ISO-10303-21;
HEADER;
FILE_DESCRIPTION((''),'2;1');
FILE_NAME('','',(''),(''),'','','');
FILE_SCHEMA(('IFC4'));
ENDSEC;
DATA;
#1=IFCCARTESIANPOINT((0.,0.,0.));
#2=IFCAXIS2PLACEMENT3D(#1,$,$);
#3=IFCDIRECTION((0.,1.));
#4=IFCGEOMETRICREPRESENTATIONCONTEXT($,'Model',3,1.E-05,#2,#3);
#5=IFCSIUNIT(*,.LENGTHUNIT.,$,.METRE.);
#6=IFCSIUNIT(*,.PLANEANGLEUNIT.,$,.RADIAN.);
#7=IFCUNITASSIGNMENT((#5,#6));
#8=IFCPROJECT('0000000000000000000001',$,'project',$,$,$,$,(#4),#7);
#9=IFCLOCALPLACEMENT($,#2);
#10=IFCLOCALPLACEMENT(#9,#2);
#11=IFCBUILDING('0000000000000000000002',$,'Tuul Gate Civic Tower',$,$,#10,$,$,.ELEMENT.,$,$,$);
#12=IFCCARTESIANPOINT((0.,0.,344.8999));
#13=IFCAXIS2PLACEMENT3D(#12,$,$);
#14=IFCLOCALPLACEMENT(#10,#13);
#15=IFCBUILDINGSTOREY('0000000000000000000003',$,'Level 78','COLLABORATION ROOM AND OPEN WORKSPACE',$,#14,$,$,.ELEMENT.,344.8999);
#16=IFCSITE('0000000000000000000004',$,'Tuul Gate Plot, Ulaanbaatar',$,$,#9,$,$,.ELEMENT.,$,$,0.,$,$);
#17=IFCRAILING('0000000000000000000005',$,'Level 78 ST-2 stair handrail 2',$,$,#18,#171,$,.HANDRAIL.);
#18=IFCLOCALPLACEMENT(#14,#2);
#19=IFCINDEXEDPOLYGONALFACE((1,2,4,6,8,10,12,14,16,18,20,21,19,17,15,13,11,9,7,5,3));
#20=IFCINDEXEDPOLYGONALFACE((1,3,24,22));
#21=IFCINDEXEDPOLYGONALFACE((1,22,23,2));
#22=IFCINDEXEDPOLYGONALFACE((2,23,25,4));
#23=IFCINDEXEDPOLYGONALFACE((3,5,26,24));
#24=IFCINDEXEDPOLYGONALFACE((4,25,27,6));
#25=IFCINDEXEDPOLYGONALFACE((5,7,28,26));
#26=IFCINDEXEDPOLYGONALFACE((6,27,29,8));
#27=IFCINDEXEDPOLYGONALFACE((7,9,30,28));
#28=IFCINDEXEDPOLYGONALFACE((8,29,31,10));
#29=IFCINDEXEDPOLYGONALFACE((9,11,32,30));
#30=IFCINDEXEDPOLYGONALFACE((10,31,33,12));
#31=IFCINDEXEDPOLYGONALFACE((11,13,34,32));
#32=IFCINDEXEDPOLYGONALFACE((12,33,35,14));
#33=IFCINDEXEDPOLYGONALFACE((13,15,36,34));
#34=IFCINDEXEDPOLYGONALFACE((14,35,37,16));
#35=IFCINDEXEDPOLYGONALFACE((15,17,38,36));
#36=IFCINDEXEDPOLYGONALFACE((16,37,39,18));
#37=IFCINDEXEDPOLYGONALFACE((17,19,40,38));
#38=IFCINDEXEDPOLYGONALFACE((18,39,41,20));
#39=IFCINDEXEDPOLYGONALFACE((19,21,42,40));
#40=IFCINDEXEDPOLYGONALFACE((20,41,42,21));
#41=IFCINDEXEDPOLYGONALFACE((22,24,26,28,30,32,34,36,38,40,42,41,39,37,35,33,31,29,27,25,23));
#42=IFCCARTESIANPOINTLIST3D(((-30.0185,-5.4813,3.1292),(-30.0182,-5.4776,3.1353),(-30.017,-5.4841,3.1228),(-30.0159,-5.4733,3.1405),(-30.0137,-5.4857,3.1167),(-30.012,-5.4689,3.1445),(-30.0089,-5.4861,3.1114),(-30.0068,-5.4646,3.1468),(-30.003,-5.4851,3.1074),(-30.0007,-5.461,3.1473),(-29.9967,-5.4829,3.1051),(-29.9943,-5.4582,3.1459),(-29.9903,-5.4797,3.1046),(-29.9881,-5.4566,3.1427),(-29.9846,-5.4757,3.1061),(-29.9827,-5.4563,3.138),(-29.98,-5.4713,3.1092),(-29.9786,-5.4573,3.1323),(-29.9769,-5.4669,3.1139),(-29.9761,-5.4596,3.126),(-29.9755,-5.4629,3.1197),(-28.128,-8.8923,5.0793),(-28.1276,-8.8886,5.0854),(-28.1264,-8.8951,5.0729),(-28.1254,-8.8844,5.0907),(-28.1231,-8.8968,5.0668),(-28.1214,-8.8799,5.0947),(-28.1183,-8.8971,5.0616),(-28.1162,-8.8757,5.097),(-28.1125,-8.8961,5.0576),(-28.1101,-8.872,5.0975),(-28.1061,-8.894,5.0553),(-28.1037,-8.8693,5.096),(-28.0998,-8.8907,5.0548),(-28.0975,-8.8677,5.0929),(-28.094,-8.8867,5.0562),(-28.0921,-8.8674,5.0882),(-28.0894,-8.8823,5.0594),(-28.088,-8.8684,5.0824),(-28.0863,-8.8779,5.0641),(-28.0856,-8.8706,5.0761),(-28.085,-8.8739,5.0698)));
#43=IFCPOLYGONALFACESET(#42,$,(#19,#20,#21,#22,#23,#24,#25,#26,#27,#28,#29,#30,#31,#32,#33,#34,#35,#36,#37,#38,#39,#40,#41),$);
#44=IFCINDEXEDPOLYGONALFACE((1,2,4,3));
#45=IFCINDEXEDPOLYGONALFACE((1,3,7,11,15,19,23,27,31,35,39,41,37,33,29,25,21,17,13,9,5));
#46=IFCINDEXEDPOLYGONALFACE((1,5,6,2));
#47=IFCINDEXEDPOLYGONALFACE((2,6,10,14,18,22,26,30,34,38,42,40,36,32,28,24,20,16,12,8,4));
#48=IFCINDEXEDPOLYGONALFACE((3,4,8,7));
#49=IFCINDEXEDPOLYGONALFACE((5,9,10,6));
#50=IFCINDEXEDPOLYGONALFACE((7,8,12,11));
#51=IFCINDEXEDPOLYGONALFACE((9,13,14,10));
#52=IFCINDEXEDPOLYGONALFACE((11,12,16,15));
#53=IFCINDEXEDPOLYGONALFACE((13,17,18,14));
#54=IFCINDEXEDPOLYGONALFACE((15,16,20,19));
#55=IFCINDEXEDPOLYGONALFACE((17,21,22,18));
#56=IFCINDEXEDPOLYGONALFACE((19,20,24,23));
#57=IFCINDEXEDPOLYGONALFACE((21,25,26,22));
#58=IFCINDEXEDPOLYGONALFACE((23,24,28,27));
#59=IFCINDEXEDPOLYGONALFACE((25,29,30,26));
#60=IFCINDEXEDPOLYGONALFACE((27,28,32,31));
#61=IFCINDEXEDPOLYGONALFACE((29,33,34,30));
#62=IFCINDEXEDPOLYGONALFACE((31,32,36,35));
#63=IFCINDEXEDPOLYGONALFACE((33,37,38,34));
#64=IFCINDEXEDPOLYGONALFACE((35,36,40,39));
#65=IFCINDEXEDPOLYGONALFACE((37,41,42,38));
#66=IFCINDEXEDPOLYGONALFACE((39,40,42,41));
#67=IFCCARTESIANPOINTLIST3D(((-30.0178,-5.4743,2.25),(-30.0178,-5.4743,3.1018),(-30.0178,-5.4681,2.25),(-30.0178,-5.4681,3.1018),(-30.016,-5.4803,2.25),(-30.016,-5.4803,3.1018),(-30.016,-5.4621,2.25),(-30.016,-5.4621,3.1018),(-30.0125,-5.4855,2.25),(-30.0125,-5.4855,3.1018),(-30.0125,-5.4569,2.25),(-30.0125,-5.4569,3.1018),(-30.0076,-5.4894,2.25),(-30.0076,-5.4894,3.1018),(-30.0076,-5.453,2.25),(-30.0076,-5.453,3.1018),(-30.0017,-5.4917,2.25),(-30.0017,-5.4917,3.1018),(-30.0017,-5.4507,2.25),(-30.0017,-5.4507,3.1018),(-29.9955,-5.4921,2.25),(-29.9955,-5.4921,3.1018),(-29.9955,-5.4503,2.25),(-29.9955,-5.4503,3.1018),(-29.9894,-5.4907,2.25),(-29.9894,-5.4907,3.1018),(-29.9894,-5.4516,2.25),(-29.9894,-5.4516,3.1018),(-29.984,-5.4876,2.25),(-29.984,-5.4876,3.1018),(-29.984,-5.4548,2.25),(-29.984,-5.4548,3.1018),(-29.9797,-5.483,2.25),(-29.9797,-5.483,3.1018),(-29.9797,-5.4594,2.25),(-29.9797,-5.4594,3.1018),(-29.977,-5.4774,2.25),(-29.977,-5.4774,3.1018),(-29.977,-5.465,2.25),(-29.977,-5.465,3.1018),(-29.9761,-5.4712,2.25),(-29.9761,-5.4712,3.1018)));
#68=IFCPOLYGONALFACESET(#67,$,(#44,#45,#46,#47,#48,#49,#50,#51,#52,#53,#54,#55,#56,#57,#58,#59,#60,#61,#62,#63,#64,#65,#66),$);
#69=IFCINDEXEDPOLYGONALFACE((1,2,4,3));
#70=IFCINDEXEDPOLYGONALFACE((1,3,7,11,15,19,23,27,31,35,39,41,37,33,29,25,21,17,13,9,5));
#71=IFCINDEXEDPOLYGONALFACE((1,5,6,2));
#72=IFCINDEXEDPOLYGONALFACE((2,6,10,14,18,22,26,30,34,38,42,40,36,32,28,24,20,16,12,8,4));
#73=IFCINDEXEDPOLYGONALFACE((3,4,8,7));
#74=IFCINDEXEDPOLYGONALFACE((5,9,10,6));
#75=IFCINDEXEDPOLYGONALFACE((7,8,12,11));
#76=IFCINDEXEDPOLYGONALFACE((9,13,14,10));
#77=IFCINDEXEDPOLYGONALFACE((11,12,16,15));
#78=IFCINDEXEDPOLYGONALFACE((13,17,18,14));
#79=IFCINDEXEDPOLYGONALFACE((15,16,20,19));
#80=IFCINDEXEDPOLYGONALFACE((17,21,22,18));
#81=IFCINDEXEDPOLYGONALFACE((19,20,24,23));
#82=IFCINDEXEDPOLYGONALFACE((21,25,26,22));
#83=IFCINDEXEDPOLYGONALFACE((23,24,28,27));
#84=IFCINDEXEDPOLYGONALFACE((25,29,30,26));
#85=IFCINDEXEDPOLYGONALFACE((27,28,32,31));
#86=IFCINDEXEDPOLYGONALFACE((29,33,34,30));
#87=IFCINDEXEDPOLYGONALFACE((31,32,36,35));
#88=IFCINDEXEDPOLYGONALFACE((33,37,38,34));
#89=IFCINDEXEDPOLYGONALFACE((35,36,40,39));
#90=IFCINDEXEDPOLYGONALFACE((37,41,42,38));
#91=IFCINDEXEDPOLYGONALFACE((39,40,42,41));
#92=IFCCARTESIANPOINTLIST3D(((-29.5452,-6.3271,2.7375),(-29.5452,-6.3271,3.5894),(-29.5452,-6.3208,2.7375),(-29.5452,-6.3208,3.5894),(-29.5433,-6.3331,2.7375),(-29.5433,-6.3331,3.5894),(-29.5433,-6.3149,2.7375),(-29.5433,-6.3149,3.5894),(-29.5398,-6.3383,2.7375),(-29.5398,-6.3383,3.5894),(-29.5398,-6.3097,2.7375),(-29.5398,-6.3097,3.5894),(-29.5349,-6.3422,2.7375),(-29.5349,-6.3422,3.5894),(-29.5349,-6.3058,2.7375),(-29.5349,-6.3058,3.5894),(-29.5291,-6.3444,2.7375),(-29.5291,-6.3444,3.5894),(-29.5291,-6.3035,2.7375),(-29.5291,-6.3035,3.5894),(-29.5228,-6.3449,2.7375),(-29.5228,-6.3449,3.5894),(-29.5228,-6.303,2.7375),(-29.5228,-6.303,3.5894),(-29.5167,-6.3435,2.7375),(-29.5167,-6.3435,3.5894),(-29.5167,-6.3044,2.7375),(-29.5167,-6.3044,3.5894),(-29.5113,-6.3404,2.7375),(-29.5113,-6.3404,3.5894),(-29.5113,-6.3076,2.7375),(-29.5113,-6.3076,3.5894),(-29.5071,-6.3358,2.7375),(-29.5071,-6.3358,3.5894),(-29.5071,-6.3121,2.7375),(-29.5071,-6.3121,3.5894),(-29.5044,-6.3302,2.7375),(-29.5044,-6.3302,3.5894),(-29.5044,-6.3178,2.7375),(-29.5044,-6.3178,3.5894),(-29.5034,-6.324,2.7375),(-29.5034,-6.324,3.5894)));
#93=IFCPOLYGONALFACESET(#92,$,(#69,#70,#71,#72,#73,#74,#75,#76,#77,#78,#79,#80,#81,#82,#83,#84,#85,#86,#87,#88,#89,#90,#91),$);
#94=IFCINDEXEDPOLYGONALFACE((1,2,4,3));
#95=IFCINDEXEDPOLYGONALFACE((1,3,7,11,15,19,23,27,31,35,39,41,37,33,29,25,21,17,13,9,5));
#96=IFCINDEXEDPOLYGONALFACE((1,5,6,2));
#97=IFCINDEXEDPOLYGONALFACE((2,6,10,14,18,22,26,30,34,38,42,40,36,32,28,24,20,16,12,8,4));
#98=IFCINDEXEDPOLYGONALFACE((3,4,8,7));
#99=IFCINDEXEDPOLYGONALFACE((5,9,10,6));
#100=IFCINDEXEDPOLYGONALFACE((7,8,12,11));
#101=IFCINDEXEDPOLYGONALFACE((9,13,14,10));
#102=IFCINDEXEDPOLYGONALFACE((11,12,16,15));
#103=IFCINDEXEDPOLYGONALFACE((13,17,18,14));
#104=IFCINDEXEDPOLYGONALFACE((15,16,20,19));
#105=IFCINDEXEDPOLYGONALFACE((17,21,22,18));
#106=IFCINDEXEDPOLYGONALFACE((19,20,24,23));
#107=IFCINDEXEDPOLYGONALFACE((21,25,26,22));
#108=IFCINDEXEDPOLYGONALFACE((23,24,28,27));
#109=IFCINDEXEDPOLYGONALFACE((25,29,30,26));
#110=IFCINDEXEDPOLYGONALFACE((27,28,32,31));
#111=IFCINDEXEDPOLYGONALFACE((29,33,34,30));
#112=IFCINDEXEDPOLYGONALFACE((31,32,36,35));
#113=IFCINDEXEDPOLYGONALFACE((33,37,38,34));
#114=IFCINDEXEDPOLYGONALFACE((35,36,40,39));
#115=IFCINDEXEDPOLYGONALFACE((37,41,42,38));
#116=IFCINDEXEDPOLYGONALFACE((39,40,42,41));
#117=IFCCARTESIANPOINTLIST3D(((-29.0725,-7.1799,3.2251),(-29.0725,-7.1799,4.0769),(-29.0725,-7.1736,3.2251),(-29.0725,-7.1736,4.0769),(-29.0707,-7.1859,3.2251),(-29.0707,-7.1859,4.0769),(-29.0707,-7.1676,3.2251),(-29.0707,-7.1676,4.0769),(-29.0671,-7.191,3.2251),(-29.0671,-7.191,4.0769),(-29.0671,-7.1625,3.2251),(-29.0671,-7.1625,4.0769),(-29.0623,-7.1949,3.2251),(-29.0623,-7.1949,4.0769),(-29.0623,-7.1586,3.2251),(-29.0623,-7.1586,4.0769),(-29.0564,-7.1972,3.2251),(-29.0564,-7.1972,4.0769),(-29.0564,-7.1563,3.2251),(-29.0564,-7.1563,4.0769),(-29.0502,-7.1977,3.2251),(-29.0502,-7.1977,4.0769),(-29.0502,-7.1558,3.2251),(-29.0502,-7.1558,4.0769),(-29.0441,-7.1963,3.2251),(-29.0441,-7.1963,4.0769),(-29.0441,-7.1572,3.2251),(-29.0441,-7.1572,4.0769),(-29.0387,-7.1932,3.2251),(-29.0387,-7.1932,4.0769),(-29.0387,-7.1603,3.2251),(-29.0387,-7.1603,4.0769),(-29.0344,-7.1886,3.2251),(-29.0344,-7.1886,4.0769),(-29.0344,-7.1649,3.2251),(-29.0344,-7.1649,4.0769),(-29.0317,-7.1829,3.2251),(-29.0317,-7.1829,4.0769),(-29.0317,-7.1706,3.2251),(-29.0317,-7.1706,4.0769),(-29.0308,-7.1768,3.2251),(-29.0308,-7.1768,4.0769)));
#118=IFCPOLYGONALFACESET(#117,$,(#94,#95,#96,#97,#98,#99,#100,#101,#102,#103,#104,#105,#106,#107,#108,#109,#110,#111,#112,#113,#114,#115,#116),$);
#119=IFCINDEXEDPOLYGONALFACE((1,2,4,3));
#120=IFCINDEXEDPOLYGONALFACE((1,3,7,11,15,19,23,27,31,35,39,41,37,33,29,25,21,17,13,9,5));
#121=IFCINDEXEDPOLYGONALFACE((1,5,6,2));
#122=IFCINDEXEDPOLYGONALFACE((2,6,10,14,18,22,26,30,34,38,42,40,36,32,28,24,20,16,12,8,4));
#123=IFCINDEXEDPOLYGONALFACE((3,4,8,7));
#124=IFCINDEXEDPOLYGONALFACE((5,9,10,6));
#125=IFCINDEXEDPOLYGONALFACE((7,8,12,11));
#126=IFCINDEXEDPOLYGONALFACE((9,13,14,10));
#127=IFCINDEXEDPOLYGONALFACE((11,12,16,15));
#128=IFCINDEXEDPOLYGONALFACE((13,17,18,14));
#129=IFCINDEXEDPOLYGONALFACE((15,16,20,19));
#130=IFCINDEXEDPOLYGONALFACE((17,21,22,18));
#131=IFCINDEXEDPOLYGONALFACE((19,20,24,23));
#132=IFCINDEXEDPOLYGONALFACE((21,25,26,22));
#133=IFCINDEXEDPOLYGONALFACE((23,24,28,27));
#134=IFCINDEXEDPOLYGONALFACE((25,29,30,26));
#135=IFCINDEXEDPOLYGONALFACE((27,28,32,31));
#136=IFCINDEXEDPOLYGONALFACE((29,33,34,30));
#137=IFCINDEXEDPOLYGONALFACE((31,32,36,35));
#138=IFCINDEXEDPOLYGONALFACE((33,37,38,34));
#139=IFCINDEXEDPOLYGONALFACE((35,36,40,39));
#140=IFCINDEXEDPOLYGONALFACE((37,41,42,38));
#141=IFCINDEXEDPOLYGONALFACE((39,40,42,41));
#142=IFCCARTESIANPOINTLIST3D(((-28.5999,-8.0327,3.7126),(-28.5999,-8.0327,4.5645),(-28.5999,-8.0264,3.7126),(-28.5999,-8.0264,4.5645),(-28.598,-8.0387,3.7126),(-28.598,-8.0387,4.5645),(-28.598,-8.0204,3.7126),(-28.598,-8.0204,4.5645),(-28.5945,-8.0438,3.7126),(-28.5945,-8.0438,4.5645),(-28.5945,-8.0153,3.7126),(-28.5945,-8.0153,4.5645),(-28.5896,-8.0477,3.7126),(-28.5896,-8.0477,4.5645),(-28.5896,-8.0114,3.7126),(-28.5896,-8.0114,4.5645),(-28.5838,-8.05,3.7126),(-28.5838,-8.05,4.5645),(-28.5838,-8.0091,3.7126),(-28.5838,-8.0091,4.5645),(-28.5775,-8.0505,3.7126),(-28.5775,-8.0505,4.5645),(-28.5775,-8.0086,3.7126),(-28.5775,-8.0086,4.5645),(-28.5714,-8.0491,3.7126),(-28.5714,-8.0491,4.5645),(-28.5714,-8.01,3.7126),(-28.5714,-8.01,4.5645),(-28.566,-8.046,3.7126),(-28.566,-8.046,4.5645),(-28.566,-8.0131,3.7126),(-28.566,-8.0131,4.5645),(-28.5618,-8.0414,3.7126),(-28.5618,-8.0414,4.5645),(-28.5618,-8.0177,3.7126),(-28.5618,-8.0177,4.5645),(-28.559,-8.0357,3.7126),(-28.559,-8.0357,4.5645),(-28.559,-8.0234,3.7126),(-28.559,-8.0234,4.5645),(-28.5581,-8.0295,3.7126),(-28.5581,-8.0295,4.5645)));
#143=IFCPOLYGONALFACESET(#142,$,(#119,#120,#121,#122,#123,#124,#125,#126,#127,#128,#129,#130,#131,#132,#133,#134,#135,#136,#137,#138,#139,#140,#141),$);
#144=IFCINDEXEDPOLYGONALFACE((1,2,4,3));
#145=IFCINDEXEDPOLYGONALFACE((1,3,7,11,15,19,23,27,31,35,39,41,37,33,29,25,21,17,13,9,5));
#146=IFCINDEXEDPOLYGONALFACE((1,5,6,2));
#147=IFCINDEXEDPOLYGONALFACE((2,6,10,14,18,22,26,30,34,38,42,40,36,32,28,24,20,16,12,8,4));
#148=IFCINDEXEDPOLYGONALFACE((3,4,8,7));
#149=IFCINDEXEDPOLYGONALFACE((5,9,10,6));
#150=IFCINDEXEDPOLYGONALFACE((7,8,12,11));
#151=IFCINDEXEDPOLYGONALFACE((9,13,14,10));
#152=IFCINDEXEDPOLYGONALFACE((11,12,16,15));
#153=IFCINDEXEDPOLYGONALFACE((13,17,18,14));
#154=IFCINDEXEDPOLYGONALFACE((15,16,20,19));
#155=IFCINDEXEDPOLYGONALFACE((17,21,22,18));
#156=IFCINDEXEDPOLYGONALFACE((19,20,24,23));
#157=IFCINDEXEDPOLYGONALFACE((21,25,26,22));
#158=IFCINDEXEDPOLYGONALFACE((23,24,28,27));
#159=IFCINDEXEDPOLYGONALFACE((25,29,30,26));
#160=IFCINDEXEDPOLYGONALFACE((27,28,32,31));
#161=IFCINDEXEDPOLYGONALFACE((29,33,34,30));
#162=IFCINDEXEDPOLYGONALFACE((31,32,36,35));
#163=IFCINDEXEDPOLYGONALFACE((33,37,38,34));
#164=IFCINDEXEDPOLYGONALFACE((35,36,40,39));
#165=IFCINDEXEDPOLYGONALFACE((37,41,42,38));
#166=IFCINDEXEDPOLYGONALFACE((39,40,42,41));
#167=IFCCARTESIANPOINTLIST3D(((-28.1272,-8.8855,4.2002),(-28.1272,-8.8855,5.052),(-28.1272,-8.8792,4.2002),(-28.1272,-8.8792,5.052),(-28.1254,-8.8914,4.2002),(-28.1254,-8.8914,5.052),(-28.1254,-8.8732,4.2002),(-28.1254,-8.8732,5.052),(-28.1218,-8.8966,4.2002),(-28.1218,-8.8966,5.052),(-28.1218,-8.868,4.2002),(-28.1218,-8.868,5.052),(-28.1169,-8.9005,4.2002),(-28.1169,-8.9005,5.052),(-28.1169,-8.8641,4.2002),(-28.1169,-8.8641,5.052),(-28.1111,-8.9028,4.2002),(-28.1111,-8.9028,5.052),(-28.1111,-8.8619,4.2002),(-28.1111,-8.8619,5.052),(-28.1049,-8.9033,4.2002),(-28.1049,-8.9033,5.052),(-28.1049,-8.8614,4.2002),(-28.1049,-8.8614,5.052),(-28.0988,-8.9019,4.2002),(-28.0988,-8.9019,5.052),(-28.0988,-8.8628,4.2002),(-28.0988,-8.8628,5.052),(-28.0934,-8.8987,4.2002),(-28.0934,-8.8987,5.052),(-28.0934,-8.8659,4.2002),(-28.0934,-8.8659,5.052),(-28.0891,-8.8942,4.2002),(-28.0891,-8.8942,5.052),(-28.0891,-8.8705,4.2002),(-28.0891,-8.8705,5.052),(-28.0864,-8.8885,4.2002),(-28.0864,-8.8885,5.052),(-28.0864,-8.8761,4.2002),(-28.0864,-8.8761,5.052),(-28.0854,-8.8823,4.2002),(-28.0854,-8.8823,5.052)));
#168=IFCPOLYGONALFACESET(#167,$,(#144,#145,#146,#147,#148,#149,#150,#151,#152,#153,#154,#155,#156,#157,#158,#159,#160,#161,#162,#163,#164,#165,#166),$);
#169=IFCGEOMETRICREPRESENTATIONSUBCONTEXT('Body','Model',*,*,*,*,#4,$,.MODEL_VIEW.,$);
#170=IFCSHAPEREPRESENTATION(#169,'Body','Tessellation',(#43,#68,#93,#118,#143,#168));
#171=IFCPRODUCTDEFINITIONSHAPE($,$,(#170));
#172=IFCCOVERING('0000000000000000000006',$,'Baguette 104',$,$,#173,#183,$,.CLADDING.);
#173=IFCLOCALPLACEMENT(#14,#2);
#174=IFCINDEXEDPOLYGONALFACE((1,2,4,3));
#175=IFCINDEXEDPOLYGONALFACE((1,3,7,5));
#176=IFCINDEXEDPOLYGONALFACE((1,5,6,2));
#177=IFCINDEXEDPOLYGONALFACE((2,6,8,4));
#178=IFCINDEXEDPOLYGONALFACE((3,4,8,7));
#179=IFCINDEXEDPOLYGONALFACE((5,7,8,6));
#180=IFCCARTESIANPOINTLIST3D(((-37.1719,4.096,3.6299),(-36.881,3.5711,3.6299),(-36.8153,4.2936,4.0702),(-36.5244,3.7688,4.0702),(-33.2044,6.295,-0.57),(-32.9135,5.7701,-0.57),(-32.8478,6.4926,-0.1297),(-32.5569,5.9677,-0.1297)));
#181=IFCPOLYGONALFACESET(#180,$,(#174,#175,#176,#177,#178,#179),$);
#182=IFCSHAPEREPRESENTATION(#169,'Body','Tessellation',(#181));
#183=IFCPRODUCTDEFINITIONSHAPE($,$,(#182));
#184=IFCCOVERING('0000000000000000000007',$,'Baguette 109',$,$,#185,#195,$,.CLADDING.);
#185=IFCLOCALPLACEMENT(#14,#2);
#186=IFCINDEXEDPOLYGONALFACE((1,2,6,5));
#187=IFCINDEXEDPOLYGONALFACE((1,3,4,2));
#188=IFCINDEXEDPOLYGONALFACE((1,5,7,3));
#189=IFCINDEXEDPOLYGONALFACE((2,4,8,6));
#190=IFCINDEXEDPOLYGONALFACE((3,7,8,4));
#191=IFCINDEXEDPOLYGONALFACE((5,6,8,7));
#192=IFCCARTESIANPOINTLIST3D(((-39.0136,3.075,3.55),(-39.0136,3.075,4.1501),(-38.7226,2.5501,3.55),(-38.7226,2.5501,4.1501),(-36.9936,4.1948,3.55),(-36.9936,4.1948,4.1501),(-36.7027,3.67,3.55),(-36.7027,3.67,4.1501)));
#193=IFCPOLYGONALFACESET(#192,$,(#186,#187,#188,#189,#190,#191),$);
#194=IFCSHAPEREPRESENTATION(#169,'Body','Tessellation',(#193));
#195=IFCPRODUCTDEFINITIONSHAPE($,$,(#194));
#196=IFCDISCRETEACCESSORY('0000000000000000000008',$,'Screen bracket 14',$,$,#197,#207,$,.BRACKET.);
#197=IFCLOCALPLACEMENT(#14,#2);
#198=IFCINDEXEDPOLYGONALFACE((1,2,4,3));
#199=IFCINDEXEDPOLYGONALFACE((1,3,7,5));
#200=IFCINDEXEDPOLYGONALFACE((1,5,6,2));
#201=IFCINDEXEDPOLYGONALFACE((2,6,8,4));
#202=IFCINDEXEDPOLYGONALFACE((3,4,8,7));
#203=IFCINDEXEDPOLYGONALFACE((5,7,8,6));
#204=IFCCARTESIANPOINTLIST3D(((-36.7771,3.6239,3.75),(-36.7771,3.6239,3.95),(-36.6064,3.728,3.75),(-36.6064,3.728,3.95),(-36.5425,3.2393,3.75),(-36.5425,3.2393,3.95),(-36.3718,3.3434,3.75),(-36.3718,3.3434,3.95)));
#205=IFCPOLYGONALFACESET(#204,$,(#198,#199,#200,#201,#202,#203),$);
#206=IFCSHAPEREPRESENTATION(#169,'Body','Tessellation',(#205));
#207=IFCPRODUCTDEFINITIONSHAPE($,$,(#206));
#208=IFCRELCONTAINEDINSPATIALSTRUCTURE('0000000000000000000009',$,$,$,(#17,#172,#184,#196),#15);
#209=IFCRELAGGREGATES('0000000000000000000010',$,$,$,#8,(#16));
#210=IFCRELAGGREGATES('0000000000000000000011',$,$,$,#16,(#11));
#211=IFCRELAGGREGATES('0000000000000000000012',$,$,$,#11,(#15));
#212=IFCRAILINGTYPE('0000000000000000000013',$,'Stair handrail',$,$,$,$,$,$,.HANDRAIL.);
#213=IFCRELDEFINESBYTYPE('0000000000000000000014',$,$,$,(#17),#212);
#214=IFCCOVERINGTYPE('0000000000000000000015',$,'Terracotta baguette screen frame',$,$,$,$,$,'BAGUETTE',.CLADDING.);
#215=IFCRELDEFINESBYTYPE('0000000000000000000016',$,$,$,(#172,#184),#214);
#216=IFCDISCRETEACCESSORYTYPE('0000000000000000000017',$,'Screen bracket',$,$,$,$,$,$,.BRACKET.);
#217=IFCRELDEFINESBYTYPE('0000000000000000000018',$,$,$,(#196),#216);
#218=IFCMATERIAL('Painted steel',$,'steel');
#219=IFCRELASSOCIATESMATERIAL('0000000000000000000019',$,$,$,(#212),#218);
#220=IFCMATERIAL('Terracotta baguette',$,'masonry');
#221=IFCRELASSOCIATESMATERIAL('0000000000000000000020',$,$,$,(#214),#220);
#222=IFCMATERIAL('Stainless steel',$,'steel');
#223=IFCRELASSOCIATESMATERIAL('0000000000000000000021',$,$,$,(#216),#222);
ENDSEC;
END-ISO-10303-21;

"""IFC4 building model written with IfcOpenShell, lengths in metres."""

from ifc_helpers import new_model, si_unit, direction, frame, origin, origin_2d, place, context, subcontext, project, spatial, rectangle, circle, extrude, material, material_profile, profile_set, type_object, element, save


model = new_model("IFC4")

# Units and contexts
model_context = context("Model", 3, precision=1e-05, world=origin(), true_north=direction((0.0, 1.0)))
body_context = subcontext(model_context, "Body", "Model", "MODEL_VIEW")
ifc_project = project(units=[si_unit("LENGTHUNIT", "METRE"), si_unit("PLANEANGLEUNIT", "RADIAN")], contexts=[model_context])

# Site, building, storey
site_placement = place(None, origin())
site = spatial("IfcSite", under=ifc_project, at=site_placement, Name="Tuul Gate Plot, Ulaanbaatar", CompositionType="ELEMENT", RefElevation=0.0)
building_placement = place(site_placement, origin())
building = spatial("IfcBuilding", under=site, at=building_placement, Name="Tuul Gate Civic Tower", CompositionType="ELEMENT")
storey_placement = place(building_placement, frame((0.0, 0.0, 344.8999)))
storey = spatial("IfcBuildingStorey", under=building, at=storey_placement, Name="Level 78", Description="COLLABORATION ROOM AND OPEN WORKSPACE", CompositionType="ELEMENT", Elevation=344.8999)

# Railing
ifc_material_1 = material(Name="Painted steel", Category="steel")
railing_type_1 = type_object("IfcRailingType", Name="Stair handrail", PredefinedType="HANDRAIL", material=ifc_material_1)
railing_1_placement = place(storey_placement, frame((-29.9971, -5.4712, 2.25)))
element("IfcRailing", 1, at=railing_1_placement, inside=storey, type_object=railing_type_1, Name="Level 78 ST-2 stair handrail 2", PredefinedType="HANDRAIL", context=body_context, shape_type="SweptSolid", body=[
    extrude(circle(Radius=0.0239, at=origin_2d()), frame((0.0, 0.0, 0.876), z_axis=(0.433585, -0.782289, 0.447246), x_axis=(0.874641, 0.484771, 0.0)), (0.0, 0.0, 1.0), 4.3604),
    extrude(circle(Radius=0.021, at=origin_2d()), origin(), (0.0, 0.0, 1.0), 0.8518),
    extrude(circle(Radius=0.021, at=origin_2d()), frame((0.4727, -0.8528, 0.4875)), (0.0, 0.0, 1.0), 0.8518),
    extrude(circle(Radius=0.021, at=origin_2d()), frame((0.9453, -1.7056, 0.9751)), (0.0, 0.0, 1.0), 0.8518),
    extrude(circle(Radius=0.021, at=origin_2d()), frame((1.418, -2.5583, 1.4626)), (0.0, 0.0, 1.0), 0.8518),
    extrude(circle(Radius=0.021, at=origin_2d()), frame((1.8906, -3.4111, 1.9502)), (0.0, 0.0, 1.0), 0.8518),
])

# Coverings
ifc_material_2 = material(Name="Terracotta baguette", Category="masonry")
ifc_material_profile_1 = material_profile(ifc_material_2, rectangle(XDim=0.6001, YDim=0.6001, at=origin_2d()), Name="Terracotta baguette screen frame")
ifc_profile_set_1 = profile_set([ifc_material_profile_1], Name="Terracotta baguette")
covering_type = type_object("IfcCoveringType", Name="Terracotta baguette screen frame", ElementType="BAGUETTE", PredefinedType="CLADDING", material=ifc_profile_set_1)
covering_1_placement = place(storey_placement, frame((-32.8806, 6.1313, -0.3499), z_axis=(-0.641794, -0.35571, 0.679391), x_axis=(0.484765, -0.874644, 0.0)))
element("IfcCovering", 2, at=covering_1_placement, inside=storey, type_object=covering_type, Name="Baguette 104", PredefinedType="CLADDING", context=body_context, shape_type="SweptSolid", body=[
    extrude(rectangle(XDim=0.6001, YDim=0.6001, at=origin_2d()), origin(), (0.0, 0.0, 1.0), 6.1819),
])
covering_2_placement = place(storey_placement, frame((-36.8481, 3.9324, 3.8501), z_axis=(-0.874591, -0.484862, 0.0), x_axis=(0.484862, -0.874591, 0.0)))
element("IfcCovering", 3, at=covering_2_placement, inside=storey, type_object=covering_type, Name="Baguette 109", PredefinedType="CLADDING", context=body_context, shape_type="SweptSolid", body=[
    extrude(rectangle(XDim=0.6001, YDim=0.6001, at=origin_2d()), origin(), (0.0, 0.0, 1.0), 2.3096),
])

# Discrete accessory
ifc_material_3 = material(Name="Stainless steel", Category="steel")
discrete_accessory_type = type_object("IfcDiscreteAccessoryType", Name="Screen bracket", PredefinedType="BRACKET", material=ifc_material_3)
discrete_accessory_placement = place(storey_placement, frame((-36.5745, 3.4836, 3.75), z_axis=(0.0, 0.0, 1.0), x_axis=(-0.520743, 0.853714, 0.0)))
element("IfcDiscreteAccessory", 4, at=discrete_accessory_placement, inside=storey, type_object=discrete_accessory_type, Name="Screen bracket 14", PredefinedType="BRACKET", context=body_context, shape_type="SweptSolid", body=[
    extrude(rectangle(XDim=0.4504, YDim=0.2, at=origin_2d()), origin(), (0.0, 0.0, 1.0), 0.2),
])

save(model, "model.ifc")
